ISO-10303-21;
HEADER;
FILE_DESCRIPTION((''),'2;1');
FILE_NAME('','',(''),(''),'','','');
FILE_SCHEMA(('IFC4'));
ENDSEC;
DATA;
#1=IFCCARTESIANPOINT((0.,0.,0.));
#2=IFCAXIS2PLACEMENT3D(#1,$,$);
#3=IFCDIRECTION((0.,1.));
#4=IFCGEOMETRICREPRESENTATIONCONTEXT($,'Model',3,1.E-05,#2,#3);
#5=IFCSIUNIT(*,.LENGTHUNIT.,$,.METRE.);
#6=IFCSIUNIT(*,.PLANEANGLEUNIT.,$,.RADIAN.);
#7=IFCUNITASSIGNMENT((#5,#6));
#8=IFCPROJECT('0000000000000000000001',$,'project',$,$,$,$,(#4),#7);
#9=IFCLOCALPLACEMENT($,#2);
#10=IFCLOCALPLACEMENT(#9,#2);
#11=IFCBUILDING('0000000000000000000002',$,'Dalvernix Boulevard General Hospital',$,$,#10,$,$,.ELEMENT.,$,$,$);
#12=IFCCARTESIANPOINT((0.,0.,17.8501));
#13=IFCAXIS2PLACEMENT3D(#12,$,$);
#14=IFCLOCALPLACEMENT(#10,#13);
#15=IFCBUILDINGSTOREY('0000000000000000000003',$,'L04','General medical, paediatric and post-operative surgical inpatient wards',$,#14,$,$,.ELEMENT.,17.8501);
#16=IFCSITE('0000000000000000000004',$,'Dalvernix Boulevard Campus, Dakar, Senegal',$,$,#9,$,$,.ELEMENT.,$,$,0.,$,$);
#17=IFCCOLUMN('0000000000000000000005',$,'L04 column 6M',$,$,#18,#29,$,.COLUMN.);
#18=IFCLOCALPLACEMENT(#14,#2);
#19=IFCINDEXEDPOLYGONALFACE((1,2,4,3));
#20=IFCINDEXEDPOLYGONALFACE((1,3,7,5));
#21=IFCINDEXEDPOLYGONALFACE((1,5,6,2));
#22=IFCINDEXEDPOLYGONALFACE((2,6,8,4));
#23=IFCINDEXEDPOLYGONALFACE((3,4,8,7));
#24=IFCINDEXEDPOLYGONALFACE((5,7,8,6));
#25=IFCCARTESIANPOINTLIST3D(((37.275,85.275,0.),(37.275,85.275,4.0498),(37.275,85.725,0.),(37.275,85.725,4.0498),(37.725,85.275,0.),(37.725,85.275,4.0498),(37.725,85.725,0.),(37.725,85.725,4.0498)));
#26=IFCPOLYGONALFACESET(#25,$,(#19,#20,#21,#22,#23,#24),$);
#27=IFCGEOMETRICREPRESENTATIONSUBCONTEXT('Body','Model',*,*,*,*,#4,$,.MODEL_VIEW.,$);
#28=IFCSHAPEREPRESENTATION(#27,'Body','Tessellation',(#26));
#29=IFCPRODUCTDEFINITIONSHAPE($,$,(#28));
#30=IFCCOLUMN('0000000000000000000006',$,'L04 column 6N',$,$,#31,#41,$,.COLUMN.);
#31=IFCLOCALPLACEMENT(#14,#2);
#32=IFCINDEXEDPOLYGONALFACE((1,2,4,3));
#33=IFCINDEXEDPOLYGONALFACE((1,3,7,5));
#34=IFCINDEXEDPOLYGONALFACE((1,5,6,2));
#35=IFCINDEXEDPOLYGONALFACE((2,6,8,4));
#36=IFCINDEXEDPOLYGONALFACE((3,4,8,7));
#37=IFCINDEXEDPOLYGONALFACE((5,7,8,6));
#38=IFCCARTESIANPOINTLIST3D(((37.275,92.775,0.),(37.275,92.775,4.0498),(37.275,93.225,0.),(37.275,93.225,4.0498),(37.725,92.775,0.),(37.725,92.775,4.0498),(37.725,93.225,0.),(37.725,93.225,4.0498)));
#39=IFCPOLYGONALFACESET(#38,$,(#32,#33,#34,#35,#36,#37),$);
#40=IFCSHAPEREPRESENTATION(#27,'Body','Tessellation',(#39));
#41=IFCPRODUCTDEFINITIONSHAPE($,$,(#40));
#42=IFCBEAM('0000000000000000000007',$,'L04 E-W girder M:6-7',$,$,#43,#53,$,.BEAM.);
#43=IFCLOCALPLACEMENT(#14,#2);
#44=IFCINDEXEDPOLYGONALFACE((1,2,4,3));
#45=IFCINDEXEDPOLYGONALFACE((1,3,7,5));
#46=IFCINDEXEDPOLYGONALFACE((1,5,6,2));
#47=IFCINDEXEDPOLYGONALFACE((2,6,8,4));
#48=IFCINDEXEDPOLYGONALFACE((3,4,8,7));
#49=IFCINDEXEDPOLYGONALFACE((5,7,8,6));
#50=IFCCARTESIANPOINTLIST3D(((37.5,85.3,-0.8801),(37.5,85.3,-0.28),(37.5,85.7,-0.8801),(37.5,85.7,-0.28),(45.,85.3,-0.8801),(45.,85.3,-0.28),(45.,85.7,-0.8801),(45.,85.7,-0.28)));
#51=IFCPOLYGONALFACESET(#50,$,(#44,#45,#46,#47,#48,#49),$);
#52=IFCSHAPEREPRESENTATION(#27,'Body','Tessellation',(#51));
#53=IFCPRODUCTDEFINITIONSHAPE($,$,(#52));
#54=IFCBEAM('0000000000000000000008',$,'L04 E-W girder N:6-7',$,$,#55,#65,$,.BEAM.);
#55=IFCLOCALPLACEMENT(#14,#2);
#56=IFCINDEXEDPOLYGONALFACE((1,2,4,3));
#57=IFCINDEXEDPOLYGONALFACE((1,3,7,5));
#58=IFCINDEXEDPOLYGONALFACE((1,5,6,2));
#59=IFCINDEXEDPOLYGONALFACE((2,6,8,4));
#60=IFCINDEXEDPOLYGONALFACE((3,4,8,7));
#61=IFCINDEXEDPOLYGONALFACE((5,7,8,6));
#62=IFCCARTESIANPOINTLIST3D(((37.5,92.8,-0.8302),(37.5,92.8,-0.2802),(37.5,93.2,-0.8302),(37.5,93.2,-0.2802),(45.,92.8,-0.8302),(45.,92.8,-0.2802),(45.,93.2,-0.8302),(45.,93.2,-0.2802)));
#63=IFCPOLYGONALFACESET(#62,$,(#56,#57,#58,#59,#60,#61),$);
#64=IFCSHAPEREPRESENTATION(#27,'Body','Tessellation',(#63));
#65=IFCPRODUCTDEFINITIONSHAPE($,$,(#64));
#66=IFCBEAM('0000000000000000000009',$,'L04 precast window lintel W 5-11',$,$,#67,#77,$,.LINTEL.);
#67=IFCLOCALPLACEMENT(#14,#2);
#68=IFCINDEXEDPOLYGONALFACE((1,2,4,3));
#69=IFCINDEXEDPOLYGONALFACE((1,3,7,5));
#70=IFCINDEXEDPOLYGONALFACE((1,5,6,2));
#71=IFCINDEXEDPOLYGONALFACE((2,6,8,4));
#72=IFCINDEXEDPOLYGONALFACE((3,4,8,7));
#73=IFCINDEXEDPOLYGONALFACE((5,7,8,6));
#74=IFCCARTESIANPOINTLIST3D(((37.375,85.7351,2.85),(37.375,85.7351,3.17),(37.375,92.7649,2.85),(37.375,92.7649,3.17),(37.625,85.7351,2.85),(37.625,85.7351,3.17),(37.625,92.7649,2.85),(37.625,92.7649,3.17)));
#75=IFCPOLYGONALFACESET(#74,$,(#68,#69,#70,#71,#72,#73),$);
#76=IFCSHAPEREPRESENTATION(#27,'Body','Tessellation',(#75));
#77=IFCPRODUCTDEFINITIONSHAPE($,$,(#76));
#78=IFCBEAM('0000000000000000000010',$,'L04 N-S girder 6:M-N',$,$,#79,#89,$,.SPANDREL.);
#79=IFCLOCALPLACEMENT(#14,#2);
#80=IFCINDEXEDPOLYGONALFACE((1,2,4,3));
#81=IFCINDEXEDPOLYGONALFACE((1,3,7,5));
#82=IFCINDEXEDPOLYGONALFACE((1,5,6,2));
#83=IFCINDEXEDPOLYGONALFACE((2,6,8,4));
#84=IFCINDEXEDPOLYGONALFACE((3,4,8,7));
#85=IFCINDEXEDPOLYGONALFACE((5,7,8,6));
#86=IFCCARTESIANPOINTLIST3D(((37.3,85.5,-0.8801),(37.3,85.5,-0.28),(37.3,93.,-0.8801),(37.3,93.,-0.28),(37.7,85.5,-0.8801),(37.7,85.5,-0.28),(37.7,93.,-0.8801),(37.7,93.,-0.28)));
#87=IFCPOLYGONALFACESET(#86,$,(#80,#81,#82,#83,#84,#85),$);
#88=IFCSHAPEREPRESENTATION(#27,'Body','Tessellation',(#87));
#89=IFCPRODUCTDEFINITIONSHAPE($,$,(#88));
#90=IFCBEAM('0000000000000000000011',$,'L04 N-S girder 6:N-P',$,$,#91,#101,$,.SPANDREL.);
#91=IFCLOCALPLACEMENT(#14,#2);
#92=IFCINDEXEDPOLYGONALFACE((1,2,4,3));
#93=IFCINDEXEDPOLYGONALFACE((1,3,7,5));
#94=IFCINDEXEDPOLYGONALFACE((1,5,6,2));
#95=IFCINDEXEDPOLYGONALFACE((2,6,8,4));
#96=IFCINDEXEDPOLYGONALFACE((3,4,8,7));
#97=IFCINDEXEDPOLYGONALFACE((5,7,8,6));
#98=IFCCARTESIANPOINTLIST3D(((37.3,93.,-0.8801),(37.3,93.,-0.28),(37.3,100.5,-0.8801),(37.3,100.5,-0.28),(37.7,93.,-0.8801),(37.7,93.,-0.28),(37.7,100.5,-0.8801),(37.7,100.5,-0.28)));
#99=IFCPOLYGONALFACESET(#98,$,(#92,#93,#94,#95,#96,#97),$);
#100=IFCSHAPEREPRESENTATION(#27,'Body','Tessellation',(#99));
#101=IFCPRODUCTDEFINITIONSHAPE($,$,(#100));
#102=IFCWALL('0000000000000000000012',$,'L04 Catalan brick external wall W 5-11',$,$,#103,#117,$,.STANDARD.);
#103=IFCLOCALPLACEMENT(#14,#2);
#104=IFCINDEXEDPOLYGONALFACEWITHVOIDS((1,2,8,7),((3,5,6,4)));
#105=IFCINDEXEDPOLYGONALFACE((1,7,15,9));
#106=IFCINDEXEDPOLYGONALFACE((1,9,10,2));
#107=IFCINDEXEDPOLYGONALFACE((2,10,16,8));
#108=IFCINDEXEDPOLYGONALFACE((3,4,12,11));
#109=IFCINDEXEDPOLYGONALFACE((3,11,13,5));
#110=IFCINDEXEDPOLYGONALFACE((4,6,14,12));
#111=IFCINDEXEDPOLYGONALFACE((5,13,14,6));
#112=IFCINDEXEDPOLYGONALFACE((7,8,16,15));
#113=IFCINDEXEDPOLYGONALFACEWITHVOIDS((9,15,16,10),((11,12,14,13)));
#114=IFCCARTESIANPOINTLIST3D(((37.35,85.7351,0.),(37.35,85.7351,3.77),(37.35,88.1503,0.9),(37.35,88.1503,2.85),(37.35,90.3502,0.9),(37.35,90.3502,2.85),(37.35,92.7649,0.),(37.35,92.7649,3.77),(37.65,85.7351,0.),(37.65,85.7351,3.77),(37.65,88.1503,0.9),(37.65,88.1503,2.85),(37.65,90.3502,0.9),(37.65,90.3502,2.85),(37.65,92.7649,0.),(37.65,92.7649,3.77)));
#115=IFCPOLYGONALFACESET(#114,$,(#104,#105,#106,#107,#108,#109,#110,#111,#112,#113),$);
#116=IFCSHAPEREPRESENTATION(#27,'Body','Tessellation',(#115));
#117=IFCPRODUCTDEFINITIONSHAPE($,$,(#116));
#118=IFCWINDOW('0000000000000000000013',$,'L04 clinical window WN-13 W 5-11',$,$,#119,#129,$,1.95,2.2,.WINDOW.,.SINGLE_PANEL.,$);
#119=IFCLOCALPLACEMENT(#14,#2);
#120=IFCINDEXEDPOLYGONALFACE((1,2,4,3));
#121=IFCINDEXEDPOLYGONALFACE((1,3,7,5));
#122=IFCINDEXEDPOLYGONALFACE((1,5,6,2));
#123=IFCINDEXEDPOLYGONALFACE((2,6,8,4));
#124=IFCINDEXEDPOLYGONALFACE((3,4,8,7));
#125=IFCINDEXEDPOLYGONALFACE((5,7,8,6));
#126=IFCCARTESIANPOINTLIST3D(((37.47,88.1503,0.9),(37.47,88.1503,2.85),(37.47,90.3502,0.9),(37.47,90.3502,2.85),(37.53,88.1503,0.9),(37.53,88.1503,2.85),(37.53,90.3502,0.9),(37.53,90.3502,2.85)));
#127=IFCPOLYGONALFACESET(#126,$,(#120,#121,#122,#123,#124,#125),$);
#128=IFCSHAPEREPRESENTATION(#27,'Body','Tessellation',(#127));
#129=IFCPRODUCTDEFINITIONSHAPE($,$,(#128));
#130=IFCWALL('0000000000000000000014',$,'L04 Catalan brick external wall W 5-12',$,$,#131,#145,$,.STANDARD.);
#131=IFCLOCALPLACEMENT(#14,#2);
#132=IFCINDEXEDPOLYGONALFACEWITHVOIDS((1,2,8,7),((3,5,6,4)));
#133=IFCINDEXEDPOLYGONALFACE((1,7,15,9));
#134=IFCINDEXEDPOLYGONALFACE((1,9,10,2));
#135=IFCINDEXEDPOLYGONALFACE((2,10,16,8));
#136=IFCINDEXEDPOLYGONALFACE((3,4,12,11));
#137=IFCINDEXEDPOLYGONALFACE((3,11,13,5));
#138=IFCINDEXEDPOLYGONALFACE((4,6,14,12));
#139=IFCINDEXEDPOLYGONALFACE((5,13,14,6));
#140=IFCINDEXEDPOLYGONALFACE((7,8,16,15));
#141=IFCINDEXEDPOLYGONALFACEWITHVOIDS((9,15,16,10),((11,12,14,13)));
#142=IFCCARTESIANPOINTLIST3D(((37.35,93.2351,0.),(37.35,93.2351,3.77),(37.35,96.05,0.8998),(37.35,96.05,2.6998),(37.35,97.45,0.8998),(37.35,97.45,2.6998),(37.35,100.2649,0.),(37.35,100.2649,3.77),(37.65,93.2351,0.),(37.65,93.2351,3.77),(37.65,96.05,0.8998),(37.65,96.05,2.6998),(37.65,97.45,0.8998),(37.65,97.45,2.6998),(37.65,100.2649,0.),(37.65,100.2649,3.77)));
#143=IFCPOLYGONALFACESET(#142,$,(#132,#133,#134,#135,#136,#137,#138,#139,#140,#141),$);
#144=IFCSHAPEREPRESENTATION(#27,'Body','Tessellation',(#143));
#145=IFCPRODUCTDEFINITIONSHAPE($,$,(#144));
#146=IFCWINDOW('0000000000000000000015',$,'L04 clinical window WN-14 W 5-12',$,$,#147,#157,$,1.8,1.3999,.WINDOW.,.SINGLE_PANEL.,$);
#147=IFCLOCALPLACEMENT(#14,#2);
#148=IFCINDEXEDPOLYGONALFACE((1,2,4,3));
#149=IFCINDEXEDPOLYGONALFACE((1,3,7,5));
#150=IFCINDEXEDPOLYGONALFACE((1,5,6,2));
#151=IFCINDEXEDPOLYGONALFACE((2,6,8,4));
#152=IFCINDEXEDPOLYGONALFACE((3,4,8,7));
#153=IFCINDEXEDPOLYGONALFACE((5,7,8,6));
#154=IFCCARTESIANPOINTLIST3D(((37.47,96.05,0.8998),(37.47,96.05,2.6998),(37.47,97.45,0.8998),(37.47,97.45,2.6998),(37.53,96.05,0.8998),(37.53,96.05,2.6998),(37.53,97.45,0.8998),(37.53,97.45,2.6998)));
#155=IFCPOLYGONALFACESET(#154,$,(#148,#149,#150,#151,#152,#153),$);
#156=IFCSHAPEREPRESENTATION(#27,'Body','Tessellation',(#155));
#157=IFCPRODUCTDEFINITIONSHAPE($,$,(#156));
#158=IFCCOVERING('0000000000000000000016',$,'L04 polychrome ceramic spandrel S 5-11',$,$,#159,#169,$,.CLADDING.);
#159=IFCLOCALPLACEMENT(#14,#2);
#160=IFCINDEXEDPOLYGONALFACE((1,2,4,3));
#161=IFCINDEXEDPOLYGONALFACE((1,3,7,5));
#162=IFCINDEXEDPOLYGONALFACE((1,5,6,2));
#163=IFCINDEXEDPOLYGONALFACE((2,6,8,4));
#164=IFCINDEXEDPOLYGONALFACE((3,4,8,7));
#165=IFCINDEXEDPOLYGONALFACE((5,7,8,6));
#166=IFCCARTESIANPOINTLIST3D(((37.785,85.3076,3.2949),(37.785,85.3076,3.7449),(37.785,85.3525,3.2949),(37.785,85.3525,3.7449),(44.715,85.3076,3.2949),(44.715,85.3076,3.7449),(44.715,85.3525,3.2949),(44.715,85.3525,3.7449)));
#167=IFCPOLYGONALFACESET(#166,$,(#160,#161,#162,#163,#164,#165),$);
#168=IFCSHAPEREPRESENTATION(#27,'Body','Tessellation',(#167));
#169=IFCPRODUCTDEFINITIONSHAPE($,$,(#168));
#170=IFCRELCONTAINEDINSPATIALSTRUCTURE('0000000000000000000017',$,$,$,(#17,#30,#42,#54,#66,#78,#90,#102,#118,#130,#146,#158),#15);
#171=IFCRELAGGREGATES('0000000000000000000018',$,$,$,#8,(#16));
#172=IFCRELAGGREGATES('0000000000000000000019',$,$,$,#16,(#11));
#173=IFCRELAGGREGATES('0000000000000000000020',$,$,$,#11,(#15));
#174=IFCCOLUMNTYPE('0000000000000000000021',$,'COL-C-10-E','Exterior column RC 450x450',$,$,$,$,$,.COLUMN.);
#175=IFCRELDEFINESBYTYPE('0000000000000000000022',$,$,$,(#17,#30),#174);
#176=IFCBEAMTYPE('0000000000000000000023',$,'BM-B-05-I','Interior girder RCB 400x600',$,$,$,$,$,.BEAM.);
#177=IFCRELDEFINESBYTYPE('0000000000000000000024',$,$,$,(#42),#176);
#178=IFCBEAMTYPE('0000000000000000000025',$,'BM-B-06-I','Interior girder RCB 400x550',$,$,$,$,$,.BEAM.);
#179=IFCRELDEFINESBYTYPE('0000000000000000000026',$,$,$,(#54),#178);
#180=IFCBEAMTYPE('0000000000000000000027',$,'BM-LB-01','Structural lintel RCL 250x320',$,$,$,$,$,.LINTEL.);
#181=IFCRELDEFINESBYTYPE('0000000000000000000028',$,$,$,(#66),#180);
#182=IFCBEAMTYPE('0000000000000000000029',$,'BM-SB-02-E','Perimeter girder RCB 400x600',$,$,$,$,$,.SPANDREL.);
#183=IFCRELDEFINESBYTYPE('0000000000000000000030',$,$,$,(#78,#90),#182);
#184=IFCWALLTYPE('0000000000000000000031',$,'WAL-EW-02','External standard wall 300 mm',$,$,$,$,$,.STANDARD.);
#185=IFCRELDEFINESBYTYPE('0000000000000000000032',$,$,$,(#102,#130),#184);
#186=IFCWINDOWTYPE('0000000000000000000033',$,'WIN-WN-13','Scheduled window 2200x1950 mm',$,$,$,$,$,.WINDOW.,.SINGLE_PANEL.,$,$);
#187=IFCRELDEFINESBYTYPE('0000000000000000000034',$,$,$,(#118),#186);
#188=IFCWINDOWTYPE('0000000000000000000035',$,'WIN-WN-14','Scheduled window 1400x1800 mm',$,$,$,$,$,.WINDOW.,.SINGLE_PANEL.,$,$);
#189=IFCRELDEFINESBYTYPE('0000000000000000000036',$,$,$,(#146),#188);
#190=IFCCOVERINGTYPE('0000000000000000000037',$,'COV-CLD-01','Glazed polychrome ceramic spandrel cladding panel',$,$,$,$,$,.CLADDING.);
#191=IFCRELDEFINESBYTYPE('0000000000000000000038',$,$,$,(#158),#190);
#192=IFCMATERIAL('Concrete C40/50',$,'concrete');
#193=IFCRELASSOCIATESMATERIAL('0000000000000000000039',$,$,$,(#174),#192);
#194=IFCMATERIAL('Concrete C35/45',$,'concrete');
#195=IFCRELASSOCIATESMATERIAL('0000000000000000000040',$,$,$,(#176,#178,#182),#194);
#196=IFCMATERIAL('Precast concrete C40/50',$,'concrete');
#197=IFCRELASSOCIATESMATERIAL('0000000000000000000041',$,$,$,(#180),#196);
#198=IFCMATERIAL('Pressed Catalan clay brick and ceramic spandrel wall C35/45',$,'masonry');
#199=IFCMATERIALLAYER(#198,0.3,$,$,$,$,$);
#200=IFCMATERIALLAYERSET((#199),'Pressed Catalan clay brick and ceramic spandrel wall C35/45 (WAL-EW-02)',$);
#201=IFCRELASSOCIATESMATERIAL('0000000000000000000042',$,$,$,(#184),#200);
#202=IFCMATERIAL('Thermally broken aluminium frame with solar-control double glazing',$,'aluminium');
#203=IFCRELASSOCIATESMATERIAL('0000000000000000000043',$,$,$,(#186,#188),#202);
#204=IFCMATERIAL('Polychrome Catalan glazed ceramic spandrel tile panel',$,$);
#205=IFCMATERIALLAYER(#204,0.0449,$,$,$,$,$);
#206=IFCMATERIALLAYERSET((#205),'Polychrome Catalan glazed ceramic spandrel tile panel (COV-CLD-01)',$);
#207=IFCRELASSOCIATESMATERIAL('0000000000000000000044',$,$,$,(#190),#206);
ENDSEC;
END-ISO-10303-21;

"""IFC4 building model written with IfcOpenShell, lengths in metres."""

from ifc_helpers import new_model, si_unit, direction, frame, frame_2d, origin, origin_2d, place, context, subcontext, project, spatial, rectangle, extrude, material, layer, layer_set, material_profile, profile_set, type_object, element, fill, save


model = new_model("IFC4")

# Units and contexts
model_context = context("Model", 3, precision=1e-05, world=origin(), true_north=direction((0.0, 1.0)))
body_context = subcontext(model_context, "Body", "Model", "MODEL_VIEW")
ifc_project = project(units=[si_unit("LENGTHUNIT", "METRE"), si_unit("PLANEANGLEUNIT", "RADIAN")], contexts=[model_context])

# Site, building, storey
site_placement = place(None, origin())
site = spatial("IfcSite", under=ifc_project, at=site_placement, Name="Dalvernix Boulevard Campus, Dakar, Senegal", CompositionType="ELEMENT", RefElevation=0.0)
building_placement = place(site_placement, origin())
building = spatial("IfcBuilding", under=site, at=building_placement, Name="Dalvernix Boulevard General Hospital", CompositionType="ELEMENT")
storey_placement = place(building_placement, frame((0.0, 0.0, 17.8501)))
storey = spatial("IfcBuildingStorey", under=building, at=storey_placement, Name="L04", Description="General medical, paediatric and post-operative surgical inpatient wards", CompositionType="ELEMENT", Elevation=17.8501)

# Columns
ifc_material_1 = material(Name="Concrete C40/50", Category="concrete")
ifc_material_profile_1 = material_profile(ifc_material_1, rectangle(XDim=0.45, YDim=0.45, at=origin_2d()), Name="RC 450x450")
ifc_profile_set_1 = profile_set([ifc_material_profile_1], Name="Concrete C40/50")
column_type = type_object("IfcColumnType", Name="COL-C-10-E", Description="Exterior column RC 450x450", PredefinedType="COLUMN", material=ifc_profile_set_1)
for number, where, z_axis, x_axis, name in (
    (1, (37.5, 85.5, 0.0), (0.0, 0.0, 1.0), (1.0, 0.0, 0.0), "L04 column 6M"),
    (2, (37.5, 93.0, 0.0), (0.0, 0.0, 1.0), (1.0, 0.0, 0.0), "L04 column 6N"),
):
    element("IfcColumn", number, at=place(storey_placement, frame(where, z_axis=z_axis, x_axis=x_axis)), inside=storey, type_object=column_type, Name=name, PredefinedType="COLUMN", context=body_context, shape_type="SweptSolid", body=[
        extrude(rectangle(XDim=0.45, YDim=0.45, at=origin_2d()), origin(), (0.0, 0.0, 1.0), 4.0498),
    ])

# Beams
ifc_material_2 = material(Name="Concrete C35/45", Category="concrete")
ifc_material_profile_2 = material_profile(ifc_material_2, rectangle(XDim=0.3999, YDim=0.6001, at=origin_2d()), Name="RCB 400x600")
ifc_profile_set_2 = profile_set([ifc_material_profile_2], Name="Concrete C35/45")
beam_type_1 = type_object("IfcBeamType", Name="BM-B-05-I", Description="Interior girder RCB 400x600", PredefinedType="BEAM", material=ifc_profile_set_2)
beam_1_placement = place(storey_placement, frame((37.5, 85.5, -0.5801), z_axis=(1.0, 0.0, 0.0), x_axis=(0.0, 1.0, 0.0)))
element("IfcBeam", 3, at=beam_1_placement, inside=storey, type_object=beam_type_1, Name="L04 E-W girder M:6-7", PredefinedType="BEAM", context=body_context, shape_type="SweptSolid", body=[
    extrude(rectangle(XDim=0.3999, YDim=0.6001, at=origin_2d()), origin(), (0.0, 0.0, 1.0), 7.5),
])
ifc_material_profile_3 = material_profile(ifc_material_2, rectangle(XDim=0.3999, YDim=0.55, at=origin_2d()), Name="RCB 400x550")
ifc_profile_set_3 = profile_set([ifc_material_profile_3], Name="Concrete C35/45")
beam_type_2 = type_object("IfcBeamType", Name="BM-B-06-I", Description="Interior girder RCB 400x550", PredefinedType="BEAM", material=ifc_profile_set_3)
beam_2_placement = place(storey_placement, frame((37.5, 93.0, -0.5552), z_axis=(1.0, 0.0, 0.0), x_axis=(0.0, 1.0, 0.0)))
element("IfcBeam", 4, at=beam_2_placement, inside=storey, type_object=beam_type_2, Name="L04 E-W girder N:6-7", PredefinedType="BEAM", context=body_context, shape_type="SweptSolid", body=[
    extrude(rectangle(XDim=0.3999, YDim=0.55, at=origin_2d()), origin(), (0.0, 0.0, 1.0), 7.5),
])
ifc_material_3 = material(Name="Precast concrete C40/50", Category="concrete")
ifc_material_profile_4 = material_profile(ifc_material_3, rectangle(XDim=0.25, YDim=0.3201, at=origin_2d()), Name="RCL 250x320")
ifc_profile_set_4 = profile_set([ifc_material_profile_4], Name="Precast concrete C40/50")
beam_type_3 = type_object("IfcBeamType", Name="BM-LB-01", Description="Structural lintel RCL 250x320", PredefinedType="LINTEL", material=ifc_profile_set_4)
beam_3_placement = place(storey_placement, frame((37.5, 85.7351, 3.01), z_axis=(0.0, 1.0, 0.0), x_axis=(-1.0, 0.0, 0.0)))
element("IfcBeam", 5, at=beam_3_placement, inside=storey, type_object=beam_type_3, Name="L04 precast window lintel W 5-11", PredefinedType="LINTEL", context=body_context, shape_type="SweptSolid", body=[
    extrude(rectangle(XDim=0.25, YDim=0.3201, at=origin_2d()), origin(), (0.0, 0.0, 1.0), 7.0298),
])
ifc_material_profile_5 = material_profile(ifc_material_2, rectangle(XDim=0.3999, YDim=0.6001, at=origin_2d()), Name="RCB 400x600")
ifc_profile_set_5 = profile_set([ifc_material_profile_5], Name="Concrete C35/45")
beam_type_4 = type_object("IfcBeamType", Name="BM-SB-02-E", Description="Perimeter girder RCB 400x600", PredefinedType="SPANDREL", material=ifc_profile_set_5)
for number, where, z_axis, x_axis, name in (
    (6, (37.5, 85.5, -0.5801), (0.0, 1.0, 0.0), (-1.0, 0.0, 0.0), "L04 N-S girder 6:M-N"),
    (7, (37.5, 93.0, -0.5801), (0.0, 1.0, 0.0), (-1.0, 0.0, 0.0), "L04 N-S girder 6:N-P"),
):
    element("IfcBeam", number, at=place(storey_placement, frame(where, z_axis=z_axis, x_axis=x_axis)), inside=storey, type_object=beam_type_4, Name=name, PredefinedType="SPANDREL", context=body_context, shape_type="SweptSolid", body=[
        extrude(rectangle(XDim=0.3999, YDim=0.6001, at=origin_2d()), origin(), (0.0, 0.0, 1.0), 7.5),
    ])

# Walls, openings, windows
ifc_material_4 = material(Name="Pressed Catalan clay brick and ceramic spandrel wall C35/45", Category="masonry")
ifc_layer_1 = layer(ifc_material_4, 0.3)
ifc_layer_set_1 = layer_set([ifc_layer_1], Name="Pressed Catalan clay brick and ceramic spandrel wall C35/45 (WAL-EW-02)")
wall_type = type_object("IfcWallType", Name="WAL-EW-02", Description="External standard wall 300 mm", PredefinedType="STANDARD", material=ifc_layer_set_1)
wall_1_placement = place(storey_placement, frame((37.5, 85.7351, 0.0), z_axis=(0.0, 0.0, 1.0), x_axis=(0.0, 1.0, 0.0)))
wall_1 = element("IfcWall", 8, at=wall_1_placement, inside=storey, type_object=wall_type, Name="L04 Catalan brick external wall W 5-11", PredefinedType="STANDARD", context=body_context, shape_type="SweptSolid", body=[
    extrude(rectangle(XDim=7.0298, YDim=0.3, at=frame_2d((3.5149, 0.0))), origin(), (0.0, 0.0, 1.0), 3.77),
])
opening_1_placement = place(wall_1_placement, frame((2.415, 0.0, 0.8999)))
opening_1 = element("IfcOpeningElement", 9, at=opening_1_placement, cuts=wall_1, PredefinedType="OPENING", context=body_context, shape_type="SweptSolid", body=[
    extrude(rectangle(XDim=2.2, YDim=1.95, at=frame_2d((1.1001, 0.9751))), frame((0.0, 0.1599, 0.0), z_axis=(0.0, -1.0, 0.0), x_axis=(1.0, 0.0, 0.0)), (0.0, 0.0, 1.0), 0.3201),
])
ifc_material_5 = material(Name="Thermally broken aluminium frame with solar-control double glazing", Category="aluminium")
window_type_1 = type_object("IfcWindowType", Name="WIN-WN-13", Description="Scheduled window 2200x1950 mm", PartitioningType="SINGLE_PANEL", PredefinedType="WINDOW", material=ifc_material_5)
window_1_placement = place(opening_1_placement, origin())
window_1 = element("IfcWindow", 10, at=window_1_placement, inside=storey, type_object=window_type_1, Name="L04 clinical window WN-13 W 5-11", OverallHeight=1.95, OverallWidth=2.2, PartitioningType="SINGLE_PANEL", PredefinedType="WINDOW", context=body_context, shape_type="SweptSolid", body=[
    extrude(rectangle(XDim=2.2, YDim=1.95, at=frame_2d((1.1001, 0.9751))), frame((0.0, 0.03, 0.0), z_axis=(0.0, -1.0, 0.0), x_axis=(1.0, 0.0, 0.0)), (0.0, 0.0, 1.0), 0.0601),
])
fill(opening_1, window_1)
wall_2_placement = place(storey_placement, frame((37.5, 93.2351, 0.0), z_axis=(0.0, 0.0, 1.0), x_axis=(0.0, 1.0, 0.0)))
wall_2 = element("IfcWall", 11, at=wall_2_placement, inside=storey, type_object=wall_type, Name="L04 Catalan brick external wall W 5-12", PredefinedType="STANDARD", context=body_context, shape_type="SweptSolid", body=[
    extrude(rectangle(XDim=7.0298, YDim=0.3, at=frame_2d((3.5149, 0.0))), origin(), (0.0, 0.0, 1.0), 3.77),
])
opening_2_placement = place(wall_2_placement, frame((2.8149, 0.0, 0.8999)))
opening_2 = element("IfcOpeningElement", 12, at=opening_2_placement, cuts=wall_2, PredefinedType="OPENING", context=body_context, shape_type="SweptSolid", body=[
    extrude(rectangle(XDim=1.3999, YDim=1.8, at=frame_2d((0.7, 0.8999))), frame((0.0, 0.1599, 0.0), z_axis=(0.0, -1.0, 0.0), x_axis=(1.0, 0.0, 0.0)), (0.0, 0.0, 1.0), 0.3201),
])
window_type_2 = type_object("IfcWindowType", Name="WIN-WN-14", Description="Scheduled window 1400x1800 mm", PartitioningType="SINGLE_PANEL", PredefinedType="WINDOW", material=ifc_material_5)
window_2_placement = place(opening_2_placement, origin())
window_2 = element("IfcWindow", 13, at=window_2_placement, inside=storey, type_object=window_type_2, Name="L04 clinical window WN-14 W 5-12", OverallHeight=1.8, OverallWidth=1.3999, PartitioningType="SINGLE_PANEL", PredefinedType="WINDOW", context=body_context, shape_type="SweptSolid", body=[
    extrude(rectangle(XDim=1.3999, YDim=1.8, at=frame_2d((0.7, 0.8999))), frame((0.0, 0.03, 0.0), z_axis=(0.0, -1.0, 0.0), x_axis=(1.0, 0.0, 0.0)), (0.0, 0.0, 1.0), 0.0601),
])
fill(opening_2, window_2)

# Covering
ifc_material_6 = material(Name="Polychrome Catalan glazed ceramic spandrel tile panel")
ifc_layer_2 = layer(ifc_material_6, 0.0449)
ifc_layer_set_2 = layer_set([ifc_layer_2], Name="Polychrome Catalan glazed ceramic spandrel tile panel (COV-CLD-01)")
covering_type_1 = type_object("IfcCoveringType", Name="COV-CLD-01", Description="Glazed polychrome ceramic spandrel cladding panel", PredefinedType="CLADDING", material=ifc_layer_set_2)
for number, where, z_axis, x_axis, name in (
    (14, (41.25, 85.3301, 3.2949), (0.0, 0.0, 1.0), (-1.0, 0.0, 0.0), "L04 polychrome ceramic spandrel S 5-11"),
):
    element("IfcCovering", number, at=place(storey_placement, frame(where, z_axis=z_axis, x_axis=x_axis)), inside=storey, type_object=covering_type_1, Name=name, PredefinedType="CLADDING", context=body_context, shape_type="SweptSolid", body=[
        extrude(rectangle(XDim=6.9299, YDim=0.0449, at=origin_2d()), origin(), (0.0, 0.0, 1.0), 0.45),
    ])

save(model, "model.ifc")
